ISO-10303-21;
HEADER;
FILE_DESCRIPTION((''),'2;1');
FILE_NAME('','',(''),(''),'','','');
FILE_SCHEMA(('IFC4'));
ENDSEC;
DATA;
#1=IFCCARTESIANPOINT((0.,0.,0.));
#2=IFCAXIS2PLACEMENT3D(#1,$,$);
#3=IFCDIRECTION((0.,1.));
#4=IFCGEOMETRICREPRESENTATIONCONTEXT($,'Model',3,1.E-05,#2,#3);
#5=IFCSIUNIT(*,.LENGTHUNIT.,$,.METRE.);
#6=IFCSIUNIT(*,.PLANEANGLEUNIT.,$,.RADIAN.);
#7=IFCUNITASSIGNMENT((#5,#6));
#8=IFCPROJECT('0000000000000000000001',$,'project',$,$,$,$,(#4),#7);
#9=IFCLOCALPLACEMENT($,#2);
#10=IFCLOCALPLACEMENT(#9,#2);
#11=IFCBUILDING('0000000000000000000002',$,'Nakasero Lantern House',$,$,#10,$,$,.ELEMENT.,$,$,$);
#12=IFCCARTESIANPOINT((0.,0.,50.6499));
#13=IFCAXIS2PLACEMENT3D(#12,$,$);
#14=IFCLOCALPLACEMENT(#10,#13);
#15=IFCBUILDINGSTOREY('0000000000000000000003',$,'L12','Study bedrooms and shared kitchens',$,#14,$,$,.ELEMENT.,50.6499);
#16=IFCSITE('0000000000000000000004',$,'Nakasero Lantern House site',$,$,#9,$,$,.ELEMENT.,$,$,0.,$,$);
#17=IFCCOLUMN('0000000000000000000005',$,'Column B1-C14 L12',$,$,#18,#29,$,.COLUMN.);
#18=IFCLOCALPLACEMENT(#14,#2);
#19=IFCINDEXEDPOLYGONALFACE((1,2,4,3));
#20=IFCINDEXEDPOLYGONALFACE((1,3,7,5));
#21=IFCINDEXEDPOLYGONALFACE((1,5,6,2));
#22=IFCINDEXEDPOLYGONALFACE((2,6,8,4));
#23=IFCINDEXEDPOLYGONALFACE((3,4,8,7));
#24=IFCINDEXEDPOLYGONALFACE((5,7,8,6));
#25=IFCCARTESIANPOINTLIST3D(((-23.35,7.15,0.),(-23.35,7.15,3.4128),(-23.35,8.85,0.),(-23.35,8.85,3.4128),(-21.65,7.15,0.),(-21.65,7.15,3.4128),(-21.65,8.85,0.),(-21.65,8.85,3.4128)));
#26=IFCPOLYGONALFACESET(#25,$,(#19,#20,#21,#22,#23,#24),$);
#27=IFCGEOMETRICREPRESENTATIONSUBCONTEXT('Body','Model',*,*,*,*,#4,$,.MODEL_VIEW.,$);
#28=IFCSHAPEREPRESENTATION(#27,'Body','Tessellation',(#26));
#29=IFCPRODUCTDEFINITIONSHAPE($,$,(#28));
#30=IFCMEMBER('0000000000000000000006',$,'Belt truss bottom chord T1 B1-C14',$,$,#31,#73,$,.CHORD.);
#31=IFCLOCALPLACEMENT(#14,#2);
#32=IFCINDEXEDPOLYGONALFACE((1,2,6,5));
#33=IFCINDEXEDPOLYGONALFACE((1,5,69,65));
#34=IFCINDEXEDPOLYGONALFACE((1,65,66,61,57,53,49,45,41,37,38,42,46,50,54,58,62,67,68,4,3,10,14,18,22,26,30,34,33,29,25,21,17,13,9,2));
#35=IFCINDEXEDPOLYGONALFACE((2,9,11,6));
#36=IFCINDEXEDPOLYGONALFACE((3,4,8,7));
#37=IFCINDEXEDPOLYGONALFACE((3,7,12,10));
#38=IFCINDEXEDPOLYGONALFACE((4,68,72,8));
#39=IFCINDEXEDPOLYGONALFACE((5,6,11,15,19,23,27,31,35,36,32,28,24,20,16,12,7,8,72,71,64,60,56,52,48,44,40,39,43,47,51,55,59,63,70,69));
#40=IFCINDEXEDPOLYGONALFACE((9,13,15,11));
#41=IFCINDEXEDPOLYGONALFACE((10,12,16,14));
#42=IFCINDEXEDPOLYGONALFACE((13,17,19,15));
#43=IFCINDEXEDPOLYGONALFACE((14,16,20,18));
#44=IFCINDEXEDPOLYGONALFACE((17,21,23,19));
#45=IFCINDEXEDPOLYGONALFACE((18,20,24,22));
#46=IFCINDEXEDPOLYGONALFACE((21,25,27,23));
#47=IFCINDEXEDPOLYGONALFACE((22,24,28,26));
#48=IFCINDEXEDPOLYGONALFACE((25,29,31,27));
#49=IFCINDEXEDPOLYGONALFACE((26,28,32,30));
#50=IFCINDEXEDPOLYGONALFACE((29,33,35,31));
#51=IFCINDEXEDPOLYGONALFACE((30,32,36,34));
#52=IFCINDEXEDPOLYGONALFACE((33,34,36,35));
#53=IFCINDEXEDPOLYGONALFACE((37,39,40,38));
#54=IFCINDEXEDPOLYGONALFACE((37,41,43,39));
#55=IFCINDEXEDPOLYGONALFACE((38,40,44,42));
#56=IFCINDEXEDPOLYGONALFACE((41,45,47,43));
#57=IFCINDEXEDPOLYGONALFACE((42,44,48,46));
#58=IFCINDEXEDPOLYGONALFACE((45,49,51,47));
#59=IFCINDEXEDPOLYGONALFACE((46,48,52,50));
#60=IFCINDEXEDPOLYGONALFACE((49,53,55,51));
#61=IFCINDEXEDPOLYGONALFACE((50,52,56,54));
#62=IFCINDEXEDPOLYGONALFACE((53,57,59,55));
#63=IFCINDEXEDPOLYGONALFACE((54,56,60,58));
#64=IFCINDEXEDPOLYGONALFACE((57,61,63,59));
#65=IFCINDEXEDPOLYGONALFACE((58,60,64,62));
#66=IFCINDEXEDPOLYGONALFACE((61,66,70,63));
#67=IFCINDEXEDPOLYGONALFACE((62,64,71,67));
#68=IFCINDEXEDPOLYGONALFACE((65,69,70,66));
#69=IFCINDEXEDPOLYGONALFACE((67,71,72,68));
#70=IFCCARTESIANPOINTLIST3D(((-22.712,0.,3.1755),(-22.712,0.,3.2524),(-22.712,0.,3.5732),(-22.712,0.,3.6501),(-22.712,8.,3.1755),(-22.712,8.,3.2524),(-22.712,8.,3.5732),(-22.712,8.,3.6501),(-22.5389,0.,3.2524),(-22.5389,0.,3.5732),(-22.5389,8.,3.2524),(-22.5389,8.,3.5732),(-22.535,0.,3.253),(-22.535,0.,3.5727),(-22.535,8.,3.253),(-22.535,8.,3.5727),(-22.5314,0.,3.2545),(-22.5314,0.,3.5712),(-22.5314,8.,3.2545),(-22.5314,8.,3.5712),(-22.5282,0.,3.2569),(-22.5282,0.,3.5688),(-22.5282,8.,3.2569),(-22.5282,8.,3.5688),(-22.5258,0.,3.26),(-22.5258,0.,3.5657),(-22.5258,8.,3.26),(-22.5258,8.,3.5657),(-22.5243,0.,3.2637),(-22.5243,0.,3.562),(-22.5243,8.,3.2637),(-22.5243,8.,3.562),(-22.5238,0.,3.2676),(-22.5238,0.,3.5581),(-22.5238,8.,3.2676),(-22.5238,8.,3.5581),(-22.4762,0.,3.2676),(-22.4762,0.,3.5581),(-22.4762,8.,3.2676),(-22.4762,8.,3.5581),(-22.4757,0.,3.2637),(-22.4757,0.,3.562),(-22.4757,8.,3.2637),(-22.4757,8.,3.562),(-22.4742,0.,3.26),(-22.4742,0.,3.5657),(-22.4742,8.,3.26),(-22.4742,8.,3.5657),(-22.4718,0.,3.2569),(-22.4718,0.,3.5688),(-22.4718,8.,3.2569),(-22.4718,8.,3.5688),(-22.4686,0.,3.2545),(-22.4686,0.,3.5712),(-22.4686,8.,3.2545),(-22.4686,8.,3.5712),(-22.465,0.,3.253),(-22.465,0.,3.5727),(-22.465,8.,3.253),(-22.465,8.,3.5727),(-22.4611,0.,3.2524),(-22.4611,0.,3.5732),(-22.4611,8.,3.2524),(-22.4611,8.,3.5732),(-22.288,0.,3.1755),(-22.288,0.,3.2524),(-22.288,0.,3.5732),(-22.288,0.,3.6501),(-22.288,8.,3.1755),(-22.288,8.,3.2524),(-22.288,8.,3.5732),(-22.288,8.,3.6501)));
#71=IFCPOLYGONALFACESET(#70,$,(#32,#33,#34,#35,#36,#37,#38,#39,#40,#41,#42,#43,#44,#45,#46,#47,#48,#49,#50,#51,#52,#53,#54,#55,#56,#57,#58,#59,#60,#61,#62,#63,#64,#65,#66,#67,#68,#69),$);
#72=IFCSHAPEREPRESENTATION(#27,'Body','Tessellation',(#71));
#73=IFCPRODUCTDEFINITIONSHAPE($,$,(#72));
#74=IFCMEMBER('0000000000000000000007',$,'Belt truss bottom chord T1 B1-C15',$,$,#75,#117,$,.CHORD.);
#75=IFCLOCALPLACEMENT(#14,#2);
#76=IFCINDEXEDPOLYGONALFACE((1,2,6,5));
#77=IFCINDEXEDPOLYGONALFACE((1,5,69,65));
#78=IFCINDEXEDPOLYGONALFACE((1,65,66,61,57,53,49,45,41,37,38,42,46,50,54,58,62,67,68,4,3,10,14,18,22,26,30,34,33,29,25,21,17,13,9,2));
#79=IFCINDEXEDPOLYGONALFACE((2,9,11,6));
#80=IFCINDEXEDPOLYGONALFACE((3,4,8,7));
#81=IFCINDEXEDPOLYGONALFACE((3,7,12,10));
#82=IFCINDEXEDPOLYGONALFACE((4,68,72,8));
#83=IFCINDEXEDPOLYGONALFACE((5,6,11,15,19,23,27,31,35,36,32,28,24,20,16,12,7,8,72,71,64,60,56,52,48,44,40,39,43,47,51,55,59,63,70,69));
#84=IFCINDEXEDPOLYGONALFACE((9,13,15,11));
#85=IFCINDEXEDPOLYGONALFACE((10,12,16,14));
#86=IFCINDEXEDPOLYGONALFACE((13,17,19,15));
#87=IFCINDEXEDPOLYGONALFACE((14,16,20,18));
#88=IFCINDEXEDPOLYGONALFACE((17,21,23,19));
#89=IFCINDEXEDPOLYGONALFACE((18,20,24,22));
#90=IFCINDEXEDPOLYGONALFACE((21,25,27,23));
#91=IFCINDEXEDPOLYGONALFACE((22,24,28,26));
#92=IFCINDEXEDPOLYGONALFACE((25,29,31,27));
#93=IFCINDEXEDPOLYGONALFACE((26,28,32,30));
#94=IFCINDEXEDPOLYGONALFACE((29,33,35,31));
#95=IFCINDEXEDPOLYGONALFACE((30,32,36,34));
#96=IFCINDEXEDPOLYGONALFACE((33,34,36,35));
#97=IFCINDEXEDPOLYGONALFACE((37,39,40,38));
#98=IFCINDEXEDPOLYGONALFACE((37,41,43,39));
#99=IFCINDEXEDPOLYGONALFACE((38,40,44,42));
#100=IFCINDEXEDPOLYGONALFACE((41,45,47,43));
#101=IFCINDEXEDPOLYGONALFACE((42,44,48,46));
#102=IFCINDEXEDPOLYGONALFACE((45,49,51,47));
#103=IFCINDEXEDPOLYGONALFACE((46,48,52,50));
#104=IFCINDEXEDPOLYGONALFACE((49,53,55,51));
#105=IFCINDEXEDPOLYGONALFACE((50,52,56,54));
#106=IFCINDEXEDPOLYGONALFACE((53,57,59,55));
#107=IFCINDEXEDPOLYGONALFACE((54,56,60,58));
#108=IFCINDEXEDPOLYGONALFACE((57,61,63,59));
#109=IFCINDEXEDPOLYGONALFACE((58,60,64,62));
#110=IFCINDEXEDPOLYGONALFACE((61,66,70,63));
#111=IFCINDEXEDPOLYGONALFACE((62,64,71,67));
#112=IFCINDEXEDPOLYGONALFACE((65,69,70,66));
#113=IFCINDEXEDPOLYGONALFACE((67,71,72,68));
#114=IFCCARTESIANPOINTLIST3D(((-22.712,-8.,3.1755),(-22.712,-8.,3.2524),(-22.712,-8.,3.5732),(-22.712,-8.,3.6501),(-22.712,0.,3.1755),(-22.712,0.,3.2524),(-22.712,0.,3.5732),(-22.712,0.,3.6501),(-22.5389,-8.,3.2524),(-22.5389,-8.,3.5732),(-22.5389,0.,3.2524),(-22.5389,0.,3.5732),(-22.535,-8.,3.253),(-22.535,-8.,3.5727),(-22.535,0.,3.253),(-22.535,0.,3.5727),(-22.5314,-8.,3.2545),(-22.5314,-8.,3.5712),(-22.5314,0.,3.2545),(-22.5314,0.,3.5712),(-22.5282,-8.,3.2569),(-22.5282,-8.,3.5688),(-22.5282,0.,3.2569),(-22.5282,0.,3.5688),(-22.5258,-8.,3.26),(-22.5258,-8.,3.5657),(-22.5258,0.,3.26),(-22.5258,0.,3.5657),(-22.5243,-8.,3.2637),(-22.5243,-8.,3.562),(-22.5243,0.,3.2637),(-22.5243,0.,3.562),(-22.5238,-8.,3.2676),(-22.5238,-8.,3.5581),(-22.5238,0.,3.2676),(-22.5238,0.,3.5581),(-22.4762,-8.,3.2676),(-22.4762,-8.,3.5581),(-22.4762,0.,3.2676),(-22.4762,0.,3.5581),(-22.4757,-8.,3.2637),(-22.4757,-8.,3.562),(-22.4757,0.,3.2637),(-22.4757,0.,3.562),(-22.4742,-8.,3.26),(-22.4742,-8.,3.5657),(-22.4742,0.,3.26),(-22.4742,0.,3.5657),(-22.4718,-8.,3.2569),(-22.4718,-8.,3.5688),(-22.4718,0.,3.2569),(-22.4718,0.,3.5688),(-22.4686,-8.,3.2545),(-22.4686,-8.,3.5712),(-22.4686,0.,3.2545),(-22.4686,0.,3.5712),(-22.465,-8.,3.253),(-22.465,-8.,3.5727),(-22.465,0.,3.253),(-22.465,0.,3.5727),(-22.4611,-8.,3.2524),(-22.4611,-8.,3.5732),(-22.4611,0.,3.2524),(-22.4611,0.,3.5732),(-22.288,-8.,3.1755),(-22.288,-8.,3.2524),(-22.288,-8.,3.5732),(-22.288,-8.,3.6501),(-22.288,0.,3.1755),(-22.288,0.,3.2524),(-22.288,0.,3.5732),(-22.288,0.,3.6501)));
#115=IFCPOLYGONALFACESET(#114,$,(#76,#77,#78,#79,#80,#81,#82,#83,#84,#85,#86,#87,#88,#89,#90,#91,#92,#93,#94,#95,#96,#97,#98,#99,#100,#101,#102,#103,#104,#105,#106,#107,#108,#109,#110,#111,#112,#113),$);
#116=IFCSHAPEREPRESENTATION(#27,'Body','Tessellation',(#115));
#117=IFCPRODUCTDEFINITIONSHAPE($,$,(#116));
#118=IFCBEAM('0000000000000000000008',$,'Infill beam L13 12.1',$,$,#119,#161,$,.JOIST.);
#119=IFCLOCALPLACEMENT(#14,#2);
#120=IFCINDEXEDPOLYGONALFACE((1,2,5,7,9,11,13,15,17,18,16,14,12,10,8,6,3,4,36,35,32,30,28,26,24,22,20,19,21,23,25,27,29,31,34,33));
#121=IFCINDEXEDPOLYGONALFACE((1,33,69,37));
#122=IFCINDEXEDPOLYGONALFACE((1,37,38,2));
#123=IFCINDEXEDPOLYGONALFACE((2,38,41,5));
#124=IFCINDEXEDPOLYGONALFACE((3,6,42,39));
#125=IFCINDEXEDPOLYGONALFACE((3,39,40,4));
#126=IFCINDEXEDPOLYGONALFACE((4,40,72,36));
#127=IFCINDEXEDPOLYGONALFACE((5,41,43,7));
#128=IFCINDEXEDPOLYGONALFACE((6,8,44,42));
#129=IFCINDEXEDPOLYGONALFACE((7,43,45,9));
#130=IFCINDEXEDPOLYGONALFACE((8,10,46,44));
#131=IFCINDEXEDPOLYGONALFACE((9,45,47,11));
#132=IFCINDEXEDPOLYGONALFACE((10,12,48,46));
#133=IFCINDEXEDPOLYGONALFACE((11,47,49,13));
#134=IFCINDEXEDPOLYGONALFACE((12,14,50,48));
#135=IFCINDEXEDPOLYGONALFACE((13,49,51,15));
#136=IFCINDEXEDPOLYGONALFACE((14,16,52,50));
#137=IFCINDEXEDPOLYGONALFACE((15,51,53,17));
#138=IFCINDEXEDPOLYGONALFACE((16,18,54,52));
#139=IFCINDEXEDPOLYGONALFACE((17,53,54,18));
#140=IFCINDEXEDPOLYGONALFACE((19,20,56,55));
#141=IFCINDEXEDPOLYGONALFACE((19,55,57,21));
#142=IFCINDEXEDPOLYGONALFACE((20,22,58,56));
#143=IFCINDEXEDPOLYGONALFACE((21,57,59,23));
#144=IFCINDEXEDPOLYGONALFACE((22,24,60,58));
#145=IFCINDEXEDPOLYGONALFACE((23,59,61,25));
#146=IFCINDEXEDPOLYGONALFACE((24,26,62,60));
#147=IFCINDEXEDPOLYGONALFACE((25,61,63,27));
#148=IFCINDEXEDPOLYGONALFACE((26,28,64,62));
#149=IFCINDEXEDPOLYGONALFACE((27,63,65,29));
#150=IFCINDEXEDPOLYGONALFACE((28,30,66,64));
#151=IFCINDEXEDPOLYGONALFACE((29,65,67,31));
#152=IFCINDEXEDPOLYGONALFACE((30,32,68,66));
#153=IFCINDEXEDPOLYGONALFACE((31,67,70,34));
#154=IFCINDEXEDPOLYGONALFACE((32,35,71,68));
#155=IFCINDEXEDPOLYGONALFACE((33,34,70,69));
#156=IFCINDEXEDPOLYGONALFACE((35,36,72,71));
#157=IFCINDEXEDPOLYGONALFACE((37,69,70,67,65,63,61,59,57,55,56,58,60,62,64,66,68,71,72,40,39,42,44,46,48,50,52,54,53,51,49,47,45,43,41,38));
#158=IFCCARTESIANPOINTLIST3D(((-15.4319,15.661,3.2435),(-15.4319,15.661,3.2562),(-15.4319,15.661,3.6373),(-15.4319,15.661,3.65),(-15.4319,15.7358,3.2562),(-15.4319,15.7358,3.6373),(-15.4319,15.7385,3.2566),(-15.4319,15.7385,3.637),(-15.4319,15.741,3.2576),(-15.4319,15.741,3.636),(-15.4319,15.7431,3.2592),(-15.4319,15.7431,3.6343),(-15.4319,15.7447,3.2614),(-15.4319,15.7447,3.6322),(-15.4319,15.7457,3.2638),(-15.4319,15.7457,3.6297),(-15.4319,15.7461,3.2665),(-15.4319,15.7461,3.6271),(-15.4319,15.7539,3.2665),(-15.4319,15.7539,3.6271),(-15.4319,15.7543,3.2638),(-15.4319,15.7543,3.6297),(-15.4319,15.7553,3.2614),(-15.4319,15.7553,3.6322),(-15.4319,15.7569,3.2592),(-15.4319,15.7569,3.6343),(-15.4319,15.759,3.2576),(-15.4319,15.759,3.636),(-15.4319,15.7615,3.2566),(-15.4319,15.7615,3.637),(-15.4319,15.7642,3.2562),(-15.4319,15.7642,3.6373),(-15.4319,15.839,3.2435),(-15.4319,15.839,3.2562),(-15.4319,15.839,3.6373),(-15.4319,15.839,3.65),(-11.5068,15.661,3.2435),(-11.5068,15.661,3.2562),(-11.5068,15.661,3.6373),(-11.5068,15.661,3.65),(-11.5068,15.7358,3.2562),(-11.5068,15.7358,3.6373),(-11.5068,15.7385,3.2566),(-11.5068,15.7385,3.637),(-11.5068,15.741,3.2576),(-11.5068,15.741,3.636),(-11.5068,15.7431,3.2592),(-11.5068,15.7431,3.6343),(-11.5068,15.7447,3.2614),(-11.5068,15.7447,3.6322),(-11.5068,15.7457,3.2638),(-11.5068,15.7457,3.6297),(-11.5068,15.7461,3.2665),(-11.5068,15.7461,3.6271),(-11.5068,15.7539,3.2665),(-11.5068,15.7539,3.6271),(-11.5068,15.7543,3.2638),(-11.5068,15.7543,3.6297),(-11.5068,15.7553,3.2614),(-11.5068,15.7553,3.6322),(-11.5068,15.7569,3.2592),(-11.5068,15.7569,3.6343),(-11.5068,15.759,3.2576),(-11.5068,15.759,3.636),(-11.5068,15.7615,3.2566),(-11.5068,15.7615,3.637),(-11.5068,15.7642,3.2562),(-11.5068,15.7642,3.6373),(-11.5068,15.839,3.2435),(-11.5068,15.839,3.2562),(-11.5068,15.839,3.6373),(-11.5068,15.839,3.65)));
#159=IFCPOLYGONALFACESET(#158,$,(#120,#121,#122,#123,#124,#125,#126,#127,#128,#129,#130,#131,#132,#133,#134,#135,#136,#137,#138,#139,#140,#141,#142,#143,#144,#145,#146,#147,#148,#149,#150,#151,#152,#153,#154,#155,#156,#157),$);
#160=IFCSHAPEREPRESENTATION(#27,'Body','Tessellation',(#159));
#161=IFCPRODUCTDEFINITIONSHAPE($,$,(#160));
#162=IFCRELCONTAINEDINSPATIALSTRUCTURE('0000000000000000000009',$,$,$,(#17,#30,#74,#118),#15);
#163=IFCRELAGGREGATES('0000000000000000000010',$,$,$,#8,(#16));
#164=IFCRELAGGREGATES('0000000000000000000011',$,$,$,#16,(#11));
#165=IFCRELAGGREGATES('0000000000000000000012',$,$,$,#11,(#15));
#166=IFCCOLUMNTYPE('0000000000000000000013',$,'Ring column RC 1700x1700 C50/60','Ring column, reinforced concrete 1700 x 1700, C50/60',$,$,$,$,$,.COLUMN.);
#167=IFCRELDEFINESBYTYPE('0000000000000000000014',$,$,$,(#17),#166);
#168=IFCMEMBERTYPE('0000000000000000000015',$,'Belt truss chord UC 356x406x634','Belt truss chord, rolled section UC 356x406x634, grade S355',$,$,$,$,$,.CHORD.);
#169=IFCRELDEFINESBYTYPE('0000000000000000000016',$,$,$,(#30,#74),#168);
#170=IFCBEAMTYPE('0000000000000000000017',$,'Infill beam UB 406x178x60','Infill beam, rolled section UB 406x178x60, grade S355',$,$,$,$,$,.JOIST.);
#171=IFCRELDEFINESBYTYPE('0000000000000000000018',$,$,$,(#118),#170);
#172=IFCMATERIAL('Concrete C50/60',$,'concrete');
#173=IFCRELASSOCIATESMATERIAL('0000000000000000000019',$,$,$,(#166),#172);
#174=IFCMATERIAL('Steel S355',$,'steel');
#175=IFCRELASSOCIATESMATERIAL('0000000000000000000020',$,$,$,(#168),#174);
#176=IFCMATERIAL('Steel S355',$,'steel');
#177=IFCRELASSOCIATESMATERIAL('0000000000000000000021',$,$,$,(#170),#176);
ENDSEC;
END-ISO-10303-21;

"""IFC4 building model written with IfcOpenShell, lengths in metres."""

from ifc_helpers import new_model, si_unit, direction, frame, origin, origin_2d, place, context, subcontext, project, spatial, rectangle, i_section, extrude, material, material_profile, profile_set, type_object, element, save


model = new_model("IFC4")

# Units and contexts
model_context = context("Model", 3, precision=1e-05, world=origin(), true_north=direction((0.0, 1.0)))
body_context = subcontext(model_context, "Body", "Model", "MODEL_VIEW")
ifc_project = project(units=[si_unit("LENGTHUNIT", "METRE"), si_unit("PLANEANGLEUNIT", "RADIAN")], contexts=[model_context])

# Site, building, storey
site_placement = place(None, origin())
site = spatial("IfcSite", under=ifc_project, at=site_placement, Name="Nakasero Lantern House site", CompositionType="ELEMENT", RefElevation=0.0)
building_placement = place(site_placement, origin())
building = spatial("IfcBuilding", under=site, at=building_placement, Name="Nakasero Lantern House", CompositionType="ELEMENT")
storey_placement = place(building_placement, frame((0.0, 0.0, 50.6499)))
storey = spatial("IfcBuildingStorey", under=building, at=storey_placement, Name="L12", Description="Study bedrooms and shared kitchens", CompositionType="ELEMENT", Elevation=50.6499)

# Column
ifc_material_1 = material(Name="Concrete C50/60", Category="concrete")
ifc_material_profile_1 = material_profile(ifc_material_1, rectangle(XDim=1.7, YDim=1.7, at=origin_2d()), Name="RC 1700x1700")
ifc_profile_set_1 = profile_set([ifc_material_profile_1], Name="Concrete C50/60")
column_type = type_object("IfcColumnType", Name="Ring column RC 1700x1700 C50/60", Description="Ring column, reinforced concrete 1700 x 1700, C50/60", PredefinedType="COLUMN", material=ifc_profile_set_1)
column_placement = place(storey_placement, frame((-22.5, 8.0, 0.0), z_axis=(0.0, 0.0, 1.0), x_axis=(1.0, 0.0, 0.0)))
element("IfcColumn", 1, at=column_placement, inside=storey, type_object=column_type, Name="Column B1-C14 L12", PredefinedType="COLUMN", context=body_context, shape_type="SweptSolid", body=[
    extrude(rectangle(XDim=1.7, YDim=1.7, at=origin_2d()), origin(), (0.0, 0.0, 1.0), 3.4128),
])

# Members
ifc_material_2 = material(Name="Steel S355", Category="steel")
ifc_material_profile_2 = material_profile(ifc_material_2, i_section(OverallWidth=0.4241, OverallDepth=0.4746, WebThickness=0.0476, FlangeThickness=0.0769, FilletRadius=0.0151, at=origin_2d()), Name="UC 356x406x634")
ifc_profile_set_2 = profile_set([ifc_material_profile_2], Name="Steel S355")
member_type = type_object("IfcMemberType", Name="Belt truss chord UC 356x406x634", Description="Belt truss chord, rolled section UC 356x406x634, grade S355", PredefinedType="CHORD", material=ifc_profile_set_2)
for number, where, z_axis, x_axis, name in (
    (2, (-22.5, 8.0, 3.4128), (0.0, -1.0, 0.0), (1.0, 0.0, 0.0), "Belt truss bottom chord T1 B1-C14"),
    (3, (-22.5, 0.0, 3.4128), (0.0, -1.0, 0.0), (1.0, 0.0, 0.0), "Belt truss bottom chord T1 B1-C15"),
):
    element("IfcMember", number, at=place(storey_placement, frame(where, z_axis=z_axis, x_axis=x_axis)), inside=storey, type_object=member_type, Name=name, PredefinedType="CHORD", context=body_context, shape_type="SweptSolid", body=[
        extrude(i_section(OverallWidth=0.4241, OverallDepth=0.4746, WebThickness=0.0476, FlangeThickness=0.0769, FilletRadius=0.0151, at=origin_2d()), origin(), (0.0, 0.0, 1.0), 8.0),
    ])

# Beam
ifc_material_3 = material(Name="Steel S355", Category="steel")
ifc_material_profile_3 = material_profile(ifc_material_3, i_section(OverallWidth=0.178, OverallDepth=0.4065, WebThickness=0.0078, FlangeThickness=0.0127, FilletRadius=0.0103, at=origin_2d()), Name="UB 406x178x60")
ifc_profile_set_3 = profile_set([ifc_material_profile_3], Name="Steel S355")
beam_type_1 = type_object("IfcBeamType", Name="Infill beam UB 406x178x60", Description="Infill beam, rolled section UB 406x178x60, grade S355", PredefinedType="JOIST", material=ifc_profile_set_3)
beam_1_placement = place(storey_placement, frame((-15.4319, 15.75, 3.4468), z_axis=(1.0, 0.0, 0.0), x_axis=(0.0, 1.0, 0.0)))
element("IfcBeam", 4, at=beam_1_placement, inside=storey, type_object=beam_type_1, Name="Infill beam L13 12.1", PredefinedType="JOIST", context=body_context, shape_type="SweptSolid", body=[
    extrude(i_section(OverallWidth=0.178, OverallDepth=0.4065, WebThickness=0.0078, FlangeThickness=0.0127, FilletRadius=0.0103, at=origin_2d()), origin(), (0.0, 0.0, 1.0), 3.925),
])

save(model, "model.ifc")
